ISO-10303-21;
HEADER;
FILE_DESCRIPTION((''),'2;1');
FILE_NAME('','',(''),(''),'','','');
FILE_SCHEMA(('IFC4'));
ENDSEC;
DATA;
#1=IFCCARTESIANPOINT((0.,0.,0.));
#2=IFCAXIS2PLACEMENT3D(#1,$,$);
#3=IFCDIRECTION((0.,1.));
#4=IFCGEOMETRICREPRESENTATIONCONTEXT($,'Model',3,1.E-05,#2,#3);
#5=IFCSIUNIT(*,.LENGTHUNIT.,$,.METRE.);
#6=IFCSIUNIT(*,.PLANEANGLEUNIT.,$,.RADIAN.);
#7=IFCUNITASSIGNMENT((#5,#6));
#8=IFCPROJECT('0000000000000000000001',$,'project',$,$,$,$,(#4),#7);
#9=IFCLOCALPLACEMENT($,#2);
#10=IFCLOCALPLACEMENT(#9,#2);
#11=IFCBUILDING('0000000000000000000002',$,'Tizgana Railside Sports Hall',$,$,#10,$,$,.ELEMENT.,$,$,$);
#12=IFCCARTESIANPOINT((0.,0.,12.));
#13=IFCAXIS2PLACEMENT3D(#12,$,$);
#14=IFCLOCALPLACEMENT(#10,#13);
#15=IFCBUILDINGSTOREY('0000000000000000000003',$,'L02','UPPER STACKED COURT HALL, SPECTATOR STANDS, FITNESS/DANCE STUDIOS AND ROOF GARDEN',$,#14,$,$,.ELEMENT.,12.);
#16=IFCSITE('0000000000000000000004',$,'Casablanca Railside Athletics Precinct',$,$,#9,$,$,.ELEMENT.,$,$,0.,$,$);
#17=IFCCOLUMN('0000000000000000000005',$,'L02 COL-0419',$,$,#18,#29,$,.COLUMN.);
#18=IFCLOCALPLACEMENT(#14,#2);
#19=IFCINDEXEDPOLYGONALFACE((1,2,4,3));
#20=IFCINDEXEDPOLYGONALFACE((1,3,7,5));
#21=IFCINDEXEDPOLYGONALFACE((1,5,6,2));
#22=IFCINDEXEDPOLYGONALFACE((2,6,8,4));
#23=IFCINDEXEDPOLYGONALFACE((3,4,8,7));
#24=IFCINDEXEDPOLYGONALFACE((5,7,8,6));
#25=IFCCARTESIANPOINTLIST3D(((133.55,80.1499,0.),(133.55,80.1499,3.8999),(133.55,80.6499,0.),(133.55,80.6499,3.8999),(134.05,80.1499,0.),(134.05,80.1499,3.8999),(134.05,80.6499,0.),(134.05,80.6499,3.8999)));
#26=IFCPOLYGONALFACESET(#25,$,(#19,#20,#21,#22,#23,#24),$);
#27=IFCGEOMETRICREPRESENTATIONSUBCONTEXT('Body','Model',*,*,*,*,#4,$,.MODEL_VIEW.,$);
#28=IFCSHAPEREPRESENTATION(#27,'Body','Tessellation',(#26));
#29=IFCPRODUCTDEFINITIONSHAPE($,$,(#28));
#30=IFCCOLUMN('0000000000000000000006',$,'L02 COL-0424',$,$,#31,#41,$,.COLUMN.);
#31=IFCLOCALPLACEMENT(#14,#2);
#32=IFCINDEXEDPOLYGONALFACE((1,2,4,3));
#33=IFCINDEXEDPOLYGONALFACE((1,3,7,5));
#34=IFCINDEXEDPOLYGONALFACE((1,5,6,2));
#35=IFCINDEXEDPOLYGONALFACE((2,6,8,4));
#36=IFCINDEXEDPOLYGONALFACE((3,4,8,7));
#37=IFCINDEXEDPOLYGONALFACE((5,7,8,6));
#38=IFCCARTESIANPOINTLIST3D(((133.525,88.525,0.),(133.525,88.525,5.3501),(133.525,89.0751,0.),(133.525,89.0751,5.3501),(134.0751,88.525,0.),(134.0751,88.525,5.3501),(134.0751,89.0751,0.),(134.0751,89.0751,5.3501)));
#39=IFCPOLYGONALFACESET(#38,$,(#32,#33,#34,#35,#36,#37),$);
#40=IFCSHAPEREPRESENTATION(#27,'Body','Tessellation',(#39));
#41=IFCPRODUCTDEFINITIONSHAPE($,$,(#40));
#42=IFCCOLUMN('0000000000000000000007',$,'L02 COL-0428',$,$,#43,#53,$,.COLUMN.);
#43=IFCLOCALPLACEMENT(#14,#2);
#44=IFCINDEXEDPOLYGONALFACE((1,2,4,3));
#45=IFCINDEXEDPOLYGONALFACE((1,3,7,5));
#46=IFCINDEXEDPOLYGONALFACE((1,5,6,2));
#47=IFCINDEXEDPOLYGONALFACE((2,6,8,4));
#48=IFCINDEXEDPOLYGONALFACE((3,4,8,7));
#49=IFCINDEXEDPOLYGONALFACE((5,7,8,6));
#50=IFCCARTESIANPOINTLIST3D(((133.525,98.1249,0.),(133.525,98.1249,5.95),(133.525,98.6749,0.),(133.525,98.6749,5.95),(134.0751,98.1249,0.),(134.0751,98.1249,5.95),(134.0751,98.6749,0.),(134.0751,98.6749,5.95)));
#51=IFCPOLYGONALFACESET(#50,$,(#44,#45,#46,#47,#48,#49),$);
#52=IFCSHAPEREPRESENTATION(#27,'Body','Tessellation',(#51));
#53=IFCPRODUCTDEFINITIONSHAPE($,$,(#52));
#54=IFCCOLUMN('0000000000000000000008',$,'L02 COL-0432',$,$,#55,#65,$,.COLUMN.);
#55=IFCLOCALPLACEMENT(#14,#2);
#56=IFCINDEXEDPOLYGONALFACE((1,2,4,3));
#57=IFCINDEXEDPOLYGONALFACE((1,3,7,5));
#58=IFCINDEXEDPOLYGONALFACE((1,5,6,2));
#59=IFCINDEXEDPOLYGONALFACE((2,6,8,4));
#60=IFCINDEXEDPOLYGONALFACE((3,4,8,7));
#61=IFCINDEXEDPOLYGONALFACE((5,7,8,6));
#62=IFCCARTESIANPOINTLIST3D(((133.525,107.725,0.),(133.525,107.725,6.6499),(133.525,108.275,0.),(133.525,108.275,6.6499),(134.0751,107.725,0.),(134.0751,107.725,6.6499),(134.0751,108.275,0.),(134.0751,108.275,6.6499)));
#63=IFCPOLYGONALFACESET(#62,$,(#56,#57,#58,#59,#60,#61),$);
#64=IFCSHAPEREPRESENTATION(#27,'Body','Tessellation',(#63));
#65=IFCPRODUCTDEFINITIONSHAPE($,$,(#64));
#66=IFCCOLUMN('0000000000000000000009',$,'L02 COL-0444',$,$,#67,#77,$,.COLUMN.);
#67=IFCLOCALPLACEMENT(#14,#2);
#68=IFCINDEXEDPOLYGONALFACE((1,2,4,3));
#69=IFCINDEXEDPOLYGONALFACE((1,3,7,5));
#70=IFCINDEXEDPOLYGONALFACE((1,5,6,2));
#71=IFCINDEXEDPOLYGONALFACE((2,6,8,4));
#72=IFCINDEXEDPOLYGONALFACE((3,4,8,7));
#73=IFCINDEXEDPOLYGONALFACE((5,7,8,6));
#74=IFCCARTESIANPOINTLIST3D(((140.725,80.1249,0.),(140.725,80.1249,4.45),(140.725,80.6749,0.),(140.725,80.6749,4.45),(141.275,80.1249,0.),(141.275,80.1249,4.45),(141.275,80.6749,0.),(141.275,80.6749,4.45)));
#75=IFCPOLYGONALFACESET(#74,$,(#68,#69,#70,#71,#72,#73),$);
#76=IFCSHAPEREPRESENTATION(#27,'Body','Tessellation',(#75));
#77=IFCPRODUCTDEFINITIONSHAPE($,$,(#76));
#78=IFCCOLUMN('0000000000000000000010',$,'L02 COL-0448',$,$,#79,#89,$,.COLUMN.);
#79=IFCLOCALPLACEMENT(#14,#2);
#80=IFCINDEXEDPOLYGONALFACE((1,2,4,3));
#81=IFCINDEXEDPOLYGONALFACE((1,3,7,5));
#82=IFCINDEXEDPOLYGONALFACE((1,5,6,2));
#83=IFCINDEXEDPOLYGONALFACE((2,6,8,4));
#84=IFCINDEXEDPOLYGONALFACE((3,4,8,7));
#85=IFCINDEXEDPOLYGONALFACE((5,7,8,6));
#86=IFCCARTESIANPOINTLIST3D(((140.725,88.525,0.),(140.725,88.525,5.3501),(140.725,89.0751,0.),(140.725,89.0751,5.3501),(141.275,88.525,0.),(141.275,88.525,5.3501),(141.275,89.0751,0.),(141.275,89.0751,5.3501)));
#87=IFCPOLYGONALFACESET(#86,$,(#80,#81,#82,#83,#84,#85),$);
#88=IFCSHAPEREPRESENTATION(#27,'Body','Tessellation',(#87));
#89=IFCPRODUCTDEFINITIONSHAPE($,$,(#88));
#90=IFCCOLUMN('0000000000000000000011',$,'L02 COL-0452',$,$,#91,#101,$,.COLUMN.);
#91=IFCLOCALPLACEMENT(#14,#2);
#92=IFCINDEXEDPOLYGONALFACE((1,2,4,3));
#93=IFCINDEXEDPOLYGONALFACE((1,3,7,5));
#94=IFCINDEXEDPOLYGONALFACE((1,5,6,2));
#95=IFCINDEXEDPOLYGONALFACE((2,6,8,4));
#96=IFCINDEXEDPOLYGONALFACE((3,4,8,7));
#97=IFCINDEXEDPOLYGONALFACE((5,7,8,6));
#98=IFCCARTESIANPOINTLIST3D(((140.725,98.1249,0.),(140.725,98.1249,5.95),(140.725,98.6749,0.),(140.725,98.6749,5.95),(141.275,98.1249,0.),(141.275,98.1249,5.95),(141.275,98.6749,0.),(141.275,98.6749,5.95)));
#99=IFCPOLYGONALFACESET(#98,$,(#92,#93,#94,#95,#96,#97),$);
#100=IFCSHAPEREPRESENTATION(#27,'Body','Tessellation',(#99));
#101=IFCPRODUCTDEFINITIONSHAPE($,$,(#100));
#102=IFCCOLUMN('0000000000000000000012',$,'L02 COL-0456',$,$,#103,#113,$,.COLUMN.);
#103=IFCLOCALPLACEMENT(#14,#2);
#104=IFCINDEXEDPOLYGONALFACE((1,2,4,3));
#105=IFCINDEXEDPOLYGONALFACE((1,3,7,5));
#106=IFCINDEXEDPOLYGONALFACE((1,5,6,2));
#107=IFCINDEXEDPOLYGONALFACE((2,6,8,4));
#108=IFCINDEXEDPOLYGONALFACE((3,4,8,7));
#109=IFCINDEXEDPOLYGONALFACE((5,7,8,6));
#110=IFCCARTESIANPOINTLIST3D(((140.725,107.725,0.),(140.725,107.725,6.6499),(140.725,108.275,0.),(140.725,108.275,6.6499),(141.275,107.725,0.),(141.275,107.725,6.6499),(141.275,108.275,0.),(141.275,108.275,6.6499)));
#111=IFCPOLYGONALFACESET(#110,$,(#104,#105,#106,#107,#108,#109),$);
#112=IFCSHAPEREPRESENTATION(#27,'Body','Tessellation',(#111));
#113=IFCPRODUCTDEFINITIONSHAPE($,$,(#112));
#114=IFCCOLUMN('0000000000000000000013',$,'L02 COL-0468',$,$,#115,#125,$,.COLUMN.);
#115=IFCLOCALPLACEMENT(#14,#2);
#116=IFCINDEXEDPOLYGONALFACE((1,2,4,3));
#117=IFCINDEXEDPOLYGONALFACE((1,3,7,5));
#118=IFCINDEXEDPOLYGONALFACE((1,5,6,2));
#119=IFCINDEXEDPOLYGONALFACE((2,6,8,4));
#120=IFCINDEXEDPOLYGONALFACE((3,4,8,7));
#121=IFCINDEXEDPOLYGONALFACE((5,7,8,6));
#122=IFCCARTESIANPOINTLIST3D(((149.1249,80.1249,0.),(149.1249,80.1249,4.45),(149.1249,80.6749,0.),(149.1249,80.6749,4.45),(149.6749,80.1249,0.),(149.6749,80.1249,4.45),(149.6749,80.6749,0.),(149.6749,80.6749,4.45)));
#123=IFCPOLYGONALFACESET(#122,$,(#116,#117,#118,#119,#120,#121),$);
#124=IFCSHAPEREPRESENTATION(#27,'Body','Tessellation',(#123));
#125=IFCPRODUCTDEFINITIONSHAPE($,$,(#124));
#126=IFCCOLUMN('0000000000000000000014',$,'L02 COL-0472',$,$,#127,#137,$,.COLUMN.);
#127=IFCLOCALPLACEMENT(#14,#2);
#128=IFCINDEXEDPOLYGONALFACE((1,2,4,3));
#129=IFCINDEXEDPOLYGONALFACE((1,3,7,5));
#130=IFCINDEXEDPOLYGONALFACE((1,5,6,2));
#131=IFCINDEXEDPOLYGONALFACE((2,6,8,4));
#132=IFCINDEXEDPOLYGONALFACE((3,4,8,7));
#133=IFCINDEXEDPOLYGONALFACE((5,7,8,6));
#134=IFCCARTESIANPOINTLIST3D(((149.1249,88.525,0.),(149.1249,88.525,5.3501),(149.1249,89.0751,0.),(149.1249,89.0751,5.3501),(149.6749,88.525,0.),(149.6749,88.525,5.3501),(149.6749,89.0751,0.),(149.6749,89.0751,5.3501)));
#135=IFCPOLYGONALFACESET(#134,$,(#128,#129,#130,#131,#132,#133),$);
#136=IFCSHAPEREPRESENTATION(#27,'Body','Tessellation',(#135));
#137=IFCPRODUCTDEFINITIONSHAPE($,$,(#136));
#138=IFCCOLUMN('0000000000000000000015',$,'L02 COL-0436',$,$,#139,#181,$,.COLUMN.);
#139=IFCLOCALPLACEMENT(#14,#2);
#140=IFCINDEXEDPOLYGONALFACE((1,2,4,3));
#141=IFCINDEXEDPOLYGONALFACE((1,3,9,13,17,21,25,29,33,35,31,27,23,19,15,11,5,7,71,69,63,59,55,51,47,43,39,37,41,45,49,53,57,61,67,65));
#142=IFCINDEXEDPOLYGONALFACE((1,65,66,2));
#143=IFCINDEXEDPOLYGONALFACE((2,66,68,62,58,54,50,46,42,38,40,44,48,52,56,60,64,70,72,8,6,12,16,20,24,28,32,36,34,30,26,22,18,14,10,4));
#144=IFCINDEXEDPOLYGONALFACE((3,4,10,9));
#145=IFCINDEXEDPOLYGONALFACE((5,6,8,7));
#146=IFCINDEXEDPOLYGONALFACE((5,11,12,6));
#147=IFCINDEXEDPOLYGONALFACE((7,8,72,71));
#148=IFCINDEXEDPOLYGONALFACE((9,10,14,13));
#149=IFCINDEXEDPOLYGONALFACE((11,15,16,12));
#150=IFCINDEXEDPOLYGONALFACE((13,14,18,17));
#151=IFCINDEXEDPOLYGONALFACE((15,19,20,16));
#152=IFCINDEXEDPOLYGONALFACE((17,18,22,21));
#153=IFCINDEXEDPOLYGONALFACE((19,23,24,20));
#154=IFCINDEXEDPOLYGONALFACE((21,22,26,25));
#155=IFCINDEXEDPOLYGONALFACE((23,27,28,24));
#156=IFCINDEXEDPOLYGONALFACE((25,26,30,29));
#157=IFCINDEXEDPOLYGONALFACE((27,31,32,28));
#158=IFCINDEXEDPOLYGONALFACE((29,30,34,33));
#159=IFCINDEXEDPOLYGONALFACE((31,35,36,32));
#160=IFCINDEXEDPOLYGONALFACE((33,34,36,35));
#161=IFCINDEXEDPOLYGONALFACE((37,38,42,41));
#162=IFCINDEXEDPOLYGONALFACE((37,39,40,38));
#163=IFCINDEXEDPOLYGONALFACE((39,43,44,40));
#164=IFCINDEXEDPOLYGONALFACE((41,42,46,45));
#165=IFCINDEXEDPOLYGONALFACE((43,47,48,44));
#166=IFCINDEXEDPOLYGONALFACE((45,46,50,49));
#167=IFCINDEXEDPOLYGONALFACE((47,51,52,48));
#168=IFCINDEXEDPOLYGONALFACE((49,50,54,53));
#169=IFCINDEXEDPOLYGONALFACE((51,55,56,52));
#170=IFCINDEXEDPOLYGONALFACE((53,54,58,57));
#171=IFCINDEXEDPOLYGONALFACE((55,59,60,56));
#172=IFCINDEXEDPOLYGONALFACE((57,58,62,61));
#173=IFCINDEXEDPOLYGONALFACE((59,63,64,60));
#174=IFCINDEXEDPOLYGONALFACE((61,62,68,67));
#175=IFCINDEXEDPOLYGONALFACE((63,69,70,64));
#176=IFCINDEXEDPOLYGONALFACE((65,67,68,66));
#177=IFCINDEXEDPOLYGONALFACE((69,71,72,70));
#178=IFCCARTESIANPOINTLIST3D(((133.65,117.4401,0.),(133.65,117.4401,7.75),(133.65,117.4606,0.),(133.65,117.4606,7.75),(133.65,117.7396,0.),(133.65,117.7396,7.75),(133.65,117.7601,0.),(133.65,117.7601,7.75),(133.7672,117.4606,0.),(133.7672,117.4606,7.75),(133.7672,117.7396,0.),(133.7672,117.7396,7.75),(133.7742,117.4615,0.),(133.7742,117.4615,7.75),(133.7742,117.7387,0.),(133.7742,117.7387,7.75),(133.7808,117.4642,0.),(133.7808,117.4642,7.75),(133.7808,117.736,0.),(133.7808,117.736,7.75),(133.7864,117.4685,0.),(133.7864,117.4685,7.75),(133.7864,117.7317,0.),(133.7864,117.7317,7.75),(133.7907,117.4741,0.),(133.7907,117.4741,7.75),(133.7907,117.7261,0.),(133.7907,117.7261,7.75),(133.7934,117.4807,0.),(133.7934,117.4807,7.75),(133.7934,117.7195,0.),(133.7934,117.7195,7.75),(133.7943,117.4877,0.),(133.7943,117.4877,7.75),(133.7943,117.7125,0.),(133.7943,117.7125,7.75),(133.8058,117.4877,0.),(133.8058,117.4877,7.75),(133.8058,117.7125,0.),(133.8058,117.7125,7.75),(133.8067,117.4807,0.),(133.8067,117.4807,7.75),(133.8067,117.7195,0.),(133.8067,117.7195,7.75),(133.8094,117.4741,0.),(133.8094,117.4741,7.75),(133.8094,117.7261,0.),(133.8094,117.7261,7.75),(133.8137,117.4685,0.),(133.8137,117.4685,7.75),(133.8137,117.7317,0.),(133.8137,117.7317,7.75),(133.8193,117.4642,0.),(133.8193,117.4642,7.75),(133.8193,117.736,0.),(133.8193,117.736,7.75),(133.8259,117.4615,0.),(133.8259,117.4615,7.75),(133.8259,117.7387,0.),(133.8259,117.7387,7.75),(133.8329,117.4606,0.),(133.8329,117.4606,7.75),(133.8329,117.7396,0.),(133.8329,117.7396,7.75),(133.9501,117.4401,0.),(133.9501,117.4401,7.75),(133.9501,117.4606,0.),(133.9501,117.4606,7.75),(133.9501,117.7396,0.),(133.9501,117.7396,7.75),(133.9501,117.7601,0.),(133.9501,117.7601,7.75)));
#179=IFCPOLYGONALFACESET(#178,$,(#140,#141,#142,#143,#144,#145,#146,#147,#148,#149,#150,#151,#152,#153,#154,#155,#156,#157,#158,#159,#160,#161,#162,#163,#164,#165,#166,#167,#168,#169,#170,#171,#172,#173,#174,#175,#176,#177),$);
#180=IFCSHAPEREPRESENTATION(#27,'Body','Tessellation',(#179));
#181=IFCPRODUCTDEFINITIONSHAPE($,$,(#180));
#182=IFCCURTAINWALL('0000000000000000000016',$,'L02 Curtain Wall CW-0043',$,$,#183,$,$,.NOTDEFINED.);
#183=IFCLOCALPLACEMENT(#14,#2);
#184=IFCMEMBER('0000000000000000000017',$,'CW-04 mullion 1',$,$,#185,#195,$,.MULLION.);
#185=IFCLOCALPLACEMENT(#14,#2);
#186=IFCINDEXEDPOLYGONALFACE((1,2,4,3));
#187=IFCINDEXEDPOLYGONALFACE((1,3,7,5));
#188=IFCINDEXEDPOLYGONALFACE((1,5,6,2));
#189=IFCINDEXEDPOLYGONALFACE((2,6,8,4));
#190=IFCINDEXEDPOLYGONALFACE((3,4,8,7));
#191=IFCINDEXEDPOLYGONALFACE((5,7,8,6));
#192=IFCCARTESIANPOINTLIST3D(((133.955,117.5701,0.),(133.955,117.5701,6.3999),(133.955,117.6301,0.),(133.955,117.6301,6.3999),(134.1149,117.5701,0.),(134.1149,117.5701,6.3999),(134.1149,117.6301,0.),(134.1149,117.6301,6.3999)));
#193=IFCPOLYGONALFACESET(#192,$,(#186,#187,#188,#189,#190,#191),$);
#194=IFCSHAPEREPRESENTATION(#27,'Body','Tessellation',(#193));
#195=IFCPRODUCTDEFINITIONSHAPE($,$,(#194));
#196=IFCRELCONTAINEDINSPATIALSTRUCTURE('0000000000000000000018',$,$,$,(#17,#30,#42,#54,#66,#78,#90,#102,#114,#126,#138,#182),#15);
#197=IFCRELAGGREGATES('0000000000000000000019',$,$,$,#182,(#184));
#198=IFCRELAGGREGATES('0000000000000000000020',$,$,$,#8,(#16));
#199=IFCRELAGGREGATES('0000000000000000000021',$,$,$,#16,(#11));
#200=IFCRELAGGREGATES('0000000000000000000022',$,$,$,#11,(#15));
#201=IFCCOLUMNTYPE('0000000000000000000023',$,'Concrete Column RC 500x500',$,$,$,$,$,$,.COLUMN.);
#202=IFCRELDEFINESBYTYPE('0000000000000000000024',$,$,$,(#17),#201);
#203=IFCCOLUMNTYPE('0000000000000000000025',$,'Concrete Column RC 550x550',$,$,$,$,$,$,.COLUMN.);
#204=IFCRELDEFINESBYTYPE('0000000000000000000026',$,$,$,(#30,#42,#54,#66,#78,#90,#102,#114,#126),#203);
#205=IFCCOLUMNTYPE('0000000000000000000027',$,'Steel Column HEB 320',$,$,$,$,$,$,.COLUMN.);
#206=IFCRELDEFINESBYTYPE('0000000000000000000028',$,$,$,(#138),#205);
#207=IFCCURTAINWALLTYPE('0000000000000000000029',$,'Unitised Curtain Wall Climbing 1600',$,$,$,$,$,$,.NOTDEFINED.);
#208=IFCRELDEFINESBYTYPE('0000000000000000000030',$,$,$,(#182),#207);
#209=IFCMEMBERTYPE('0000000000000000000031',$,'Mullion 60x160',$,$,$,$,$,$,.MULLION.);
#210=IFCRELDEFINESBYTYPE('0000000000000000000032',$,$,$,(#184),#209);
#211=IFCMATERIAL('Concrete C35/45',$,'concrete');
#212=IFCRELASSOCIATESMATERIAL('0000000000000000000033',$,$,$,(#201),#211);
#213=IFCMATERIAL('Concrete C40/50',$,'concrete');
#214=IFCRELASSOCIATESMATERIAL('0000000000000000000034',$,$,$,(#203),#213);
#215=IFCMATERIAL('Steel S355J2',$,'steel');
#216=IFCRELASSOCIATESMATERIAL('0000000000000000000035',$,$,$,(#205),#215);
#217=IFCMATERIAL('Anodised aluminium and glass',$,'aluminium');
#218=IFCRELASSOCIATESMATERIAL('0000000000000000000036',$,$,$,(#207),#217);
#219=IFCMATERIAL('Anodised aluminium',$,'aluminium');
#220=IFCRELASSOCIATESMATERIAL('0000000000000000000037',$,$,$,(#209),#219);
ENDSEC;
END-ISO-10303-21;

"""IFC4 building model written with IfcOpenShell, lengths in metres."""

from ifc_helpers import new_model, si_unit, direction, frame, origin, origin_2d, place, context, subcontext, project, spatial, rectangle, i_section, extrude, material, material_profile, profile_set, type_object, element, aggregate, save


model = new_model("IFC4")

# Units and contexts
model_context = context("Model", 3, precision=1e-05, world=origin(), true_north=direction((0.0, 1.0)))
body_context = subcontext(model_context, "Body", "Model", "MODEL_VIEW")
ifc_project = project(units=[si_unit("LENGTHUNIT", "METRE"), si_unit("PLANEANGLEUNIT", "RADIAN")], contexts=[model_context])

# Site, building, storey
site_placement = place(None, origin())
site = spatial("IfcSite", under=ifc_project, at=site_placement, Name="Casablanca Railside Athletics Precinct", CompositionType="ELEMENT", RefElevation=0.0)
building_placement = place(site_placement, origin())
building = spatial("IfcBuilding", under=site, at=building_placement, Name="Tizgana Railside Sports Hall", CompositionType="ELEMENT")
storey_placement = place(building_placement, frame((0.0, 0.0, 12.0)))
storey = spatial("IfcBuildingStorey", under=building, at=storey_placement, Name="L02", Description="UPPER STACKED COURT HALL, SPECTATOR STANDS, FITNESS/DANCE STUDIOS AND ROOF GARDEN", CompositionType="ELEMENT", Elevation=12.0)

# Columns
ifc_material_1 = material(Name="Concrete C35/45", Category="concrete")
ifc_material_profile_1 = material_profile(ifc_material_1, rectangle(XDim=0.5, YDim=0.5, at=origin_2d()), Name="RC 500x500")
ifc_profile_set_1 = profile_set([ifc_material_profile_1], Name="Concrete C35/45")
column_type_1 = type_object("IfcColumnType", Name="Concrete Column RC 500x500", PredefinedType="COLUMN", material=ifc_profile_set_1)
column_1_placement = place(storey_placement, frame((133.8, 80.3999, 0.0), z_axis=(0.0, 0.0, 1.0), x_axis=(1.0, 0.0, 0.0)))
element("IfcColumn", 1, at=column_1_placement, inside=storey, type_object=column_type_1, Name="L02 COL-0419", PredefinedType="COLUMN", context=body_context, shape_type="SweptSolid", body=[
    extrude(rectangle(XDim=0.5, YDim=0.5, at=origin_2d()), origin(), (0.0, 0.0, 1.0), 3.8999),
])
ifc_material_2 = material(Name="Concrete C40/50", Category="concrete")
ifc_material_profile_2 = material_profile(ifc_material_2, rectangle(XDim=0.55, YDim=0.55, at=origin_2d()), Name="RC 550x550")
ifc_profile_set_2 = profile_set([ifc_material_profile_2], Name="Concrete C40/50")
column_type_2 = type_object("IfcColumnType", Name="Concrete Column RC 550x550", PredefinedType="COLUMN", material=ifc_profile_set_2)
column_2_placement = place(storey_placement, frame((133.8, 88.8, 0.0), z_axis=(0.0, 0.0, 1.0), x_axis=(1.0, 0.0, 0.0)))
element("IfcColumn", 2, at=column_2_placement, inside=storey, type_object=column_type_2, Name="L02 COL-0424", PredefinedType="COLUMN", context=body_context, shape_type="SweptSolid", body=[
    extrude(rectangle(XDim=0.55, YDim=0.55, at=origin_2d()), origin(), (0.0, 0.0, 1.0), 5.3501),
])
column_3_placement = place(storey_placement, frame((133.8, 98.3999, 0.0), z_axis=(0.0, 0.0, 1.0), x_axis=(1.0, 0.0, 0.0)))
element("IfcColumn", 3, at=column_3_placement, inside=storey, type_object=column_type_2, Name="L02 COL-0428", PredefinedType="COLUMN", context=body_context, shape_type="SweptSolid", body=[
    extrude(rectangle(XDim=0.55, YDim=0.55, at=origin_2d()), origin(), (0.0, 0.0, 1.0), 5.95),
])
column_4_placement = place(storey_placement, frame((133.8, 108.0, 0.0), z_axis=(0.0, 0.0, 1.0), x_axis=(1.0, 0.0, 0.0)))
element("IfcColumn", 4, at=column_4_placement, inside=storey, type_object=column_type_2, Name="L02 COL-0432", PredefinedType="COLUMN", context=body_context, shape_type="SweptSolid", body=[
    extrude(rectangle(XDim=0.55, YDim=0.55, at=origin_2d()), origin(), (0.0, 0.0, 1.0), 6.6499),
])
column_5_placement = place(storey_placement, frame((141.0, 80.3999, 0.0), z_axis=(0.0, 0.0, 1.0), x_axis=(1.0, 0.0, 0.0)))
element("IfcColumn", 5, at=column_5_placement, inside=storey, type_object=column_type_2, Name="L02 COL-0444", PredefinedType="COLUMN", context=body_context, shape_type="SweptSolid", body=[
    extrude(rectangle(XDim=0.55, YDim=0.55, at=origin_2d()), origin(), (0.0, 0.0, 1.0), 4.45),
])
column_6_placement = place(storey_placement, frame((141.0, 88.8, 0.0), z_axis=(0.0, 0.0, 1.0), x_axis=(1.0, 0.0, 0.0)))
element("IfcColumn", 6, at=column_6_placement, inside=storey, type_object=column_type_2, Name="L02 COL-0448", PredefinedType="COLUMN", context=body_context, shape_type="SweptSolid", body=[
    extrude(rectangle(XDim=0.55, YDim=0.55, at=origin_2d()), origin(), (0.0, 0.0, 1.0), 5.3501),
])
column_7_placement = place(storey_placement, frame((141.0, 98.3999, 0.0), z_axis=(0.0, 0.0, 1.0), x_axis=(1.0, 0.0, 0.0)))
element("IfcColumn", 7, at=column_7_placement, inside=storey, type_object=column_type_2, Name="L02 COL-0452", PredefinedType="COLUMN", context=body_context, shape_type="SweptSolid", body=[
    extrude(rectangle(XDim=0.55, YDim=0.55, at=origin_2d()), origin(), (0.0, 0.0, 1.0), 5.95),
])
column_8_placement = place(storey_placement, frame((141.0, 108.0, 0.0), z_axis=(0.0, 0.0, 1.0), x_axis=(1.0, 0.0, 0.0)))
element("IfcColumn", 8, at=column_8_placement, inside=storey, type_object=column_type_2, Name="L02 COL-0456", PredefinedType="COLUMN", context=body_context, shape_type="SweptSolid", body=[
    extrude(rectangle(XDim=0.55, YDim=0.55, at=origin_2d()), origin(), (0.0, 0.0, 1.0), 6.6499),
])
column_9_placement = place(storey_placement, frame((149.3999, 80.3999, 0.0), z_axis=(0.0, 0.0, 1.0), x_axis=(1.0, 0.0, 0.0)))
element("IfcColumn", 9, at=column_9_placement, inside=storey, type_object=column_type_2, Name="L02 COL-0468", PredefinedType="COLUMN", context=body_context, shape_type="SweptSolid", body=[
    extrude(rectangle(XDim=0.55, YDim=0.55, at=origin_2d()), origin(), (0.0, 0.0, 1.0), 4.45),
])
column_10_placement = place(storey_placement, frame((149.3999, 88.8, 0.0), z_axis=(0.0, 0.0, 1.0), x_axis=(1.0, 0.0, 0.0)))
element("IfcColumn", 10, at=column_10_placement, inside=storey, type_object=column_type_2, Name="L02 COL-0472", PredefinedType="COLUMN", context=body_context, shape_type="SweptSolid", body=[
    extrude(rectangle(XDim=0.55, YDim=0.55, at=origin_2d()), origin(), (0.0, 0.0, 1.0), 5.3501),
])
ifc_material_3 = material(Name="Steel S355J2", Category="steel")
ifc_material_profile_3 = material_profile(ifc_material_3, i_section(OverallWidth=0.3, OverallDepth=0.3201, WebThickness=0.0115, FlangeThickness=0.0205, FilletRadius=0.0271, at=origin_2d()), Name="HEB 320")
ifc_profile_set_3 = profile_set([ifc_material_profile_3], Name="Steel S355J2")
column_type_3 = type_object("IfcColumnType", Name="Steel Column HEB 320", PredefinedType="COLUMN", material=ifc_profile_set_3)
column_11_placement = place(storey_placement, frame((133.8, 117.6001, 0.0), z_axis=(0.0, 0.0, 1.0), x_axis=(1.0, 0.0, 0.0)))
element("IfcColumn", 11, at=column_11_placement, inside=storey, type_object=column_type_3, Name="L02 COL-0436", PredefinedType="COLUMN", context=body_context, shape_type="SweptSolid", body=[
    extrude(i_section(OverallWidth=0.3, OverallDepth=0.3201, WebThickness=0.0115, FlangeThickness=0.0205, FilletRadius=0.0271, at=origin_2d()), origin(), (0.0, 0.0, 1.0), 7.75),
])

# Curtain wall, member
ifc_material_4 = material(Name="Anodised aluminium and glass", Category="aluminium")
curtain_wall_type_1 = type_object("IfcCurtainWallType", Name="Unitised Curtain Wall Climbing 1600", PredefinedType="NOTDEFINED", material=ifc_material_4)
curtain_wall_1_placement = place(storey_placement, origin())
curtain_wall_1 = element("IfcCurtainWall", 12, at=curtain_wall_1_placement, inside=storey, type_object=curtain_wall_type_1, Name="L02 Curtain Wall CW-0043", PredefinedType="NOTDEFINED")
ifc_material_5 = material(Name="Anodised aluminium", Category="aluminium")
ifc_material_profile_4 = material_profile(ifc_material_5, rectangle(XDim=0.0601, YDim=0.1599, at=origin_2d()), Name="Mullion 60x160")
ifc_profile_set_4 = profile_set([ifc_material_profile_4], Name="Anodised aluminium")
member_type_1 = type_object("IfcMemberType", Name="Mullion 60x160", PredefinedType="MULLION", material=ifc_profile_set_4)
member_1_placement = place(storey_placement, frame((134.0349, 117.6001, 0.0), z_axis=(0.0, 0.0, 1.0), x_axis=(0.0, 1.0, 0.0)))
member_1 = element("IfcMember", 13, at=member_1_placement, type_object=member_type_1, Name="CW-04 mullion 1", PredefinedType="MULLION", context=body_context, shape_type="SweptSolid", body=[
    extrude(rectangle(XDim=0.0601, YDim=0.1599, at=origin_2d()), origin(), (0.0, 0.0, 1.0), 6.3999),
])

aggregate(curtain_wall_1, [member_1])

save(model, "model.ifc")
